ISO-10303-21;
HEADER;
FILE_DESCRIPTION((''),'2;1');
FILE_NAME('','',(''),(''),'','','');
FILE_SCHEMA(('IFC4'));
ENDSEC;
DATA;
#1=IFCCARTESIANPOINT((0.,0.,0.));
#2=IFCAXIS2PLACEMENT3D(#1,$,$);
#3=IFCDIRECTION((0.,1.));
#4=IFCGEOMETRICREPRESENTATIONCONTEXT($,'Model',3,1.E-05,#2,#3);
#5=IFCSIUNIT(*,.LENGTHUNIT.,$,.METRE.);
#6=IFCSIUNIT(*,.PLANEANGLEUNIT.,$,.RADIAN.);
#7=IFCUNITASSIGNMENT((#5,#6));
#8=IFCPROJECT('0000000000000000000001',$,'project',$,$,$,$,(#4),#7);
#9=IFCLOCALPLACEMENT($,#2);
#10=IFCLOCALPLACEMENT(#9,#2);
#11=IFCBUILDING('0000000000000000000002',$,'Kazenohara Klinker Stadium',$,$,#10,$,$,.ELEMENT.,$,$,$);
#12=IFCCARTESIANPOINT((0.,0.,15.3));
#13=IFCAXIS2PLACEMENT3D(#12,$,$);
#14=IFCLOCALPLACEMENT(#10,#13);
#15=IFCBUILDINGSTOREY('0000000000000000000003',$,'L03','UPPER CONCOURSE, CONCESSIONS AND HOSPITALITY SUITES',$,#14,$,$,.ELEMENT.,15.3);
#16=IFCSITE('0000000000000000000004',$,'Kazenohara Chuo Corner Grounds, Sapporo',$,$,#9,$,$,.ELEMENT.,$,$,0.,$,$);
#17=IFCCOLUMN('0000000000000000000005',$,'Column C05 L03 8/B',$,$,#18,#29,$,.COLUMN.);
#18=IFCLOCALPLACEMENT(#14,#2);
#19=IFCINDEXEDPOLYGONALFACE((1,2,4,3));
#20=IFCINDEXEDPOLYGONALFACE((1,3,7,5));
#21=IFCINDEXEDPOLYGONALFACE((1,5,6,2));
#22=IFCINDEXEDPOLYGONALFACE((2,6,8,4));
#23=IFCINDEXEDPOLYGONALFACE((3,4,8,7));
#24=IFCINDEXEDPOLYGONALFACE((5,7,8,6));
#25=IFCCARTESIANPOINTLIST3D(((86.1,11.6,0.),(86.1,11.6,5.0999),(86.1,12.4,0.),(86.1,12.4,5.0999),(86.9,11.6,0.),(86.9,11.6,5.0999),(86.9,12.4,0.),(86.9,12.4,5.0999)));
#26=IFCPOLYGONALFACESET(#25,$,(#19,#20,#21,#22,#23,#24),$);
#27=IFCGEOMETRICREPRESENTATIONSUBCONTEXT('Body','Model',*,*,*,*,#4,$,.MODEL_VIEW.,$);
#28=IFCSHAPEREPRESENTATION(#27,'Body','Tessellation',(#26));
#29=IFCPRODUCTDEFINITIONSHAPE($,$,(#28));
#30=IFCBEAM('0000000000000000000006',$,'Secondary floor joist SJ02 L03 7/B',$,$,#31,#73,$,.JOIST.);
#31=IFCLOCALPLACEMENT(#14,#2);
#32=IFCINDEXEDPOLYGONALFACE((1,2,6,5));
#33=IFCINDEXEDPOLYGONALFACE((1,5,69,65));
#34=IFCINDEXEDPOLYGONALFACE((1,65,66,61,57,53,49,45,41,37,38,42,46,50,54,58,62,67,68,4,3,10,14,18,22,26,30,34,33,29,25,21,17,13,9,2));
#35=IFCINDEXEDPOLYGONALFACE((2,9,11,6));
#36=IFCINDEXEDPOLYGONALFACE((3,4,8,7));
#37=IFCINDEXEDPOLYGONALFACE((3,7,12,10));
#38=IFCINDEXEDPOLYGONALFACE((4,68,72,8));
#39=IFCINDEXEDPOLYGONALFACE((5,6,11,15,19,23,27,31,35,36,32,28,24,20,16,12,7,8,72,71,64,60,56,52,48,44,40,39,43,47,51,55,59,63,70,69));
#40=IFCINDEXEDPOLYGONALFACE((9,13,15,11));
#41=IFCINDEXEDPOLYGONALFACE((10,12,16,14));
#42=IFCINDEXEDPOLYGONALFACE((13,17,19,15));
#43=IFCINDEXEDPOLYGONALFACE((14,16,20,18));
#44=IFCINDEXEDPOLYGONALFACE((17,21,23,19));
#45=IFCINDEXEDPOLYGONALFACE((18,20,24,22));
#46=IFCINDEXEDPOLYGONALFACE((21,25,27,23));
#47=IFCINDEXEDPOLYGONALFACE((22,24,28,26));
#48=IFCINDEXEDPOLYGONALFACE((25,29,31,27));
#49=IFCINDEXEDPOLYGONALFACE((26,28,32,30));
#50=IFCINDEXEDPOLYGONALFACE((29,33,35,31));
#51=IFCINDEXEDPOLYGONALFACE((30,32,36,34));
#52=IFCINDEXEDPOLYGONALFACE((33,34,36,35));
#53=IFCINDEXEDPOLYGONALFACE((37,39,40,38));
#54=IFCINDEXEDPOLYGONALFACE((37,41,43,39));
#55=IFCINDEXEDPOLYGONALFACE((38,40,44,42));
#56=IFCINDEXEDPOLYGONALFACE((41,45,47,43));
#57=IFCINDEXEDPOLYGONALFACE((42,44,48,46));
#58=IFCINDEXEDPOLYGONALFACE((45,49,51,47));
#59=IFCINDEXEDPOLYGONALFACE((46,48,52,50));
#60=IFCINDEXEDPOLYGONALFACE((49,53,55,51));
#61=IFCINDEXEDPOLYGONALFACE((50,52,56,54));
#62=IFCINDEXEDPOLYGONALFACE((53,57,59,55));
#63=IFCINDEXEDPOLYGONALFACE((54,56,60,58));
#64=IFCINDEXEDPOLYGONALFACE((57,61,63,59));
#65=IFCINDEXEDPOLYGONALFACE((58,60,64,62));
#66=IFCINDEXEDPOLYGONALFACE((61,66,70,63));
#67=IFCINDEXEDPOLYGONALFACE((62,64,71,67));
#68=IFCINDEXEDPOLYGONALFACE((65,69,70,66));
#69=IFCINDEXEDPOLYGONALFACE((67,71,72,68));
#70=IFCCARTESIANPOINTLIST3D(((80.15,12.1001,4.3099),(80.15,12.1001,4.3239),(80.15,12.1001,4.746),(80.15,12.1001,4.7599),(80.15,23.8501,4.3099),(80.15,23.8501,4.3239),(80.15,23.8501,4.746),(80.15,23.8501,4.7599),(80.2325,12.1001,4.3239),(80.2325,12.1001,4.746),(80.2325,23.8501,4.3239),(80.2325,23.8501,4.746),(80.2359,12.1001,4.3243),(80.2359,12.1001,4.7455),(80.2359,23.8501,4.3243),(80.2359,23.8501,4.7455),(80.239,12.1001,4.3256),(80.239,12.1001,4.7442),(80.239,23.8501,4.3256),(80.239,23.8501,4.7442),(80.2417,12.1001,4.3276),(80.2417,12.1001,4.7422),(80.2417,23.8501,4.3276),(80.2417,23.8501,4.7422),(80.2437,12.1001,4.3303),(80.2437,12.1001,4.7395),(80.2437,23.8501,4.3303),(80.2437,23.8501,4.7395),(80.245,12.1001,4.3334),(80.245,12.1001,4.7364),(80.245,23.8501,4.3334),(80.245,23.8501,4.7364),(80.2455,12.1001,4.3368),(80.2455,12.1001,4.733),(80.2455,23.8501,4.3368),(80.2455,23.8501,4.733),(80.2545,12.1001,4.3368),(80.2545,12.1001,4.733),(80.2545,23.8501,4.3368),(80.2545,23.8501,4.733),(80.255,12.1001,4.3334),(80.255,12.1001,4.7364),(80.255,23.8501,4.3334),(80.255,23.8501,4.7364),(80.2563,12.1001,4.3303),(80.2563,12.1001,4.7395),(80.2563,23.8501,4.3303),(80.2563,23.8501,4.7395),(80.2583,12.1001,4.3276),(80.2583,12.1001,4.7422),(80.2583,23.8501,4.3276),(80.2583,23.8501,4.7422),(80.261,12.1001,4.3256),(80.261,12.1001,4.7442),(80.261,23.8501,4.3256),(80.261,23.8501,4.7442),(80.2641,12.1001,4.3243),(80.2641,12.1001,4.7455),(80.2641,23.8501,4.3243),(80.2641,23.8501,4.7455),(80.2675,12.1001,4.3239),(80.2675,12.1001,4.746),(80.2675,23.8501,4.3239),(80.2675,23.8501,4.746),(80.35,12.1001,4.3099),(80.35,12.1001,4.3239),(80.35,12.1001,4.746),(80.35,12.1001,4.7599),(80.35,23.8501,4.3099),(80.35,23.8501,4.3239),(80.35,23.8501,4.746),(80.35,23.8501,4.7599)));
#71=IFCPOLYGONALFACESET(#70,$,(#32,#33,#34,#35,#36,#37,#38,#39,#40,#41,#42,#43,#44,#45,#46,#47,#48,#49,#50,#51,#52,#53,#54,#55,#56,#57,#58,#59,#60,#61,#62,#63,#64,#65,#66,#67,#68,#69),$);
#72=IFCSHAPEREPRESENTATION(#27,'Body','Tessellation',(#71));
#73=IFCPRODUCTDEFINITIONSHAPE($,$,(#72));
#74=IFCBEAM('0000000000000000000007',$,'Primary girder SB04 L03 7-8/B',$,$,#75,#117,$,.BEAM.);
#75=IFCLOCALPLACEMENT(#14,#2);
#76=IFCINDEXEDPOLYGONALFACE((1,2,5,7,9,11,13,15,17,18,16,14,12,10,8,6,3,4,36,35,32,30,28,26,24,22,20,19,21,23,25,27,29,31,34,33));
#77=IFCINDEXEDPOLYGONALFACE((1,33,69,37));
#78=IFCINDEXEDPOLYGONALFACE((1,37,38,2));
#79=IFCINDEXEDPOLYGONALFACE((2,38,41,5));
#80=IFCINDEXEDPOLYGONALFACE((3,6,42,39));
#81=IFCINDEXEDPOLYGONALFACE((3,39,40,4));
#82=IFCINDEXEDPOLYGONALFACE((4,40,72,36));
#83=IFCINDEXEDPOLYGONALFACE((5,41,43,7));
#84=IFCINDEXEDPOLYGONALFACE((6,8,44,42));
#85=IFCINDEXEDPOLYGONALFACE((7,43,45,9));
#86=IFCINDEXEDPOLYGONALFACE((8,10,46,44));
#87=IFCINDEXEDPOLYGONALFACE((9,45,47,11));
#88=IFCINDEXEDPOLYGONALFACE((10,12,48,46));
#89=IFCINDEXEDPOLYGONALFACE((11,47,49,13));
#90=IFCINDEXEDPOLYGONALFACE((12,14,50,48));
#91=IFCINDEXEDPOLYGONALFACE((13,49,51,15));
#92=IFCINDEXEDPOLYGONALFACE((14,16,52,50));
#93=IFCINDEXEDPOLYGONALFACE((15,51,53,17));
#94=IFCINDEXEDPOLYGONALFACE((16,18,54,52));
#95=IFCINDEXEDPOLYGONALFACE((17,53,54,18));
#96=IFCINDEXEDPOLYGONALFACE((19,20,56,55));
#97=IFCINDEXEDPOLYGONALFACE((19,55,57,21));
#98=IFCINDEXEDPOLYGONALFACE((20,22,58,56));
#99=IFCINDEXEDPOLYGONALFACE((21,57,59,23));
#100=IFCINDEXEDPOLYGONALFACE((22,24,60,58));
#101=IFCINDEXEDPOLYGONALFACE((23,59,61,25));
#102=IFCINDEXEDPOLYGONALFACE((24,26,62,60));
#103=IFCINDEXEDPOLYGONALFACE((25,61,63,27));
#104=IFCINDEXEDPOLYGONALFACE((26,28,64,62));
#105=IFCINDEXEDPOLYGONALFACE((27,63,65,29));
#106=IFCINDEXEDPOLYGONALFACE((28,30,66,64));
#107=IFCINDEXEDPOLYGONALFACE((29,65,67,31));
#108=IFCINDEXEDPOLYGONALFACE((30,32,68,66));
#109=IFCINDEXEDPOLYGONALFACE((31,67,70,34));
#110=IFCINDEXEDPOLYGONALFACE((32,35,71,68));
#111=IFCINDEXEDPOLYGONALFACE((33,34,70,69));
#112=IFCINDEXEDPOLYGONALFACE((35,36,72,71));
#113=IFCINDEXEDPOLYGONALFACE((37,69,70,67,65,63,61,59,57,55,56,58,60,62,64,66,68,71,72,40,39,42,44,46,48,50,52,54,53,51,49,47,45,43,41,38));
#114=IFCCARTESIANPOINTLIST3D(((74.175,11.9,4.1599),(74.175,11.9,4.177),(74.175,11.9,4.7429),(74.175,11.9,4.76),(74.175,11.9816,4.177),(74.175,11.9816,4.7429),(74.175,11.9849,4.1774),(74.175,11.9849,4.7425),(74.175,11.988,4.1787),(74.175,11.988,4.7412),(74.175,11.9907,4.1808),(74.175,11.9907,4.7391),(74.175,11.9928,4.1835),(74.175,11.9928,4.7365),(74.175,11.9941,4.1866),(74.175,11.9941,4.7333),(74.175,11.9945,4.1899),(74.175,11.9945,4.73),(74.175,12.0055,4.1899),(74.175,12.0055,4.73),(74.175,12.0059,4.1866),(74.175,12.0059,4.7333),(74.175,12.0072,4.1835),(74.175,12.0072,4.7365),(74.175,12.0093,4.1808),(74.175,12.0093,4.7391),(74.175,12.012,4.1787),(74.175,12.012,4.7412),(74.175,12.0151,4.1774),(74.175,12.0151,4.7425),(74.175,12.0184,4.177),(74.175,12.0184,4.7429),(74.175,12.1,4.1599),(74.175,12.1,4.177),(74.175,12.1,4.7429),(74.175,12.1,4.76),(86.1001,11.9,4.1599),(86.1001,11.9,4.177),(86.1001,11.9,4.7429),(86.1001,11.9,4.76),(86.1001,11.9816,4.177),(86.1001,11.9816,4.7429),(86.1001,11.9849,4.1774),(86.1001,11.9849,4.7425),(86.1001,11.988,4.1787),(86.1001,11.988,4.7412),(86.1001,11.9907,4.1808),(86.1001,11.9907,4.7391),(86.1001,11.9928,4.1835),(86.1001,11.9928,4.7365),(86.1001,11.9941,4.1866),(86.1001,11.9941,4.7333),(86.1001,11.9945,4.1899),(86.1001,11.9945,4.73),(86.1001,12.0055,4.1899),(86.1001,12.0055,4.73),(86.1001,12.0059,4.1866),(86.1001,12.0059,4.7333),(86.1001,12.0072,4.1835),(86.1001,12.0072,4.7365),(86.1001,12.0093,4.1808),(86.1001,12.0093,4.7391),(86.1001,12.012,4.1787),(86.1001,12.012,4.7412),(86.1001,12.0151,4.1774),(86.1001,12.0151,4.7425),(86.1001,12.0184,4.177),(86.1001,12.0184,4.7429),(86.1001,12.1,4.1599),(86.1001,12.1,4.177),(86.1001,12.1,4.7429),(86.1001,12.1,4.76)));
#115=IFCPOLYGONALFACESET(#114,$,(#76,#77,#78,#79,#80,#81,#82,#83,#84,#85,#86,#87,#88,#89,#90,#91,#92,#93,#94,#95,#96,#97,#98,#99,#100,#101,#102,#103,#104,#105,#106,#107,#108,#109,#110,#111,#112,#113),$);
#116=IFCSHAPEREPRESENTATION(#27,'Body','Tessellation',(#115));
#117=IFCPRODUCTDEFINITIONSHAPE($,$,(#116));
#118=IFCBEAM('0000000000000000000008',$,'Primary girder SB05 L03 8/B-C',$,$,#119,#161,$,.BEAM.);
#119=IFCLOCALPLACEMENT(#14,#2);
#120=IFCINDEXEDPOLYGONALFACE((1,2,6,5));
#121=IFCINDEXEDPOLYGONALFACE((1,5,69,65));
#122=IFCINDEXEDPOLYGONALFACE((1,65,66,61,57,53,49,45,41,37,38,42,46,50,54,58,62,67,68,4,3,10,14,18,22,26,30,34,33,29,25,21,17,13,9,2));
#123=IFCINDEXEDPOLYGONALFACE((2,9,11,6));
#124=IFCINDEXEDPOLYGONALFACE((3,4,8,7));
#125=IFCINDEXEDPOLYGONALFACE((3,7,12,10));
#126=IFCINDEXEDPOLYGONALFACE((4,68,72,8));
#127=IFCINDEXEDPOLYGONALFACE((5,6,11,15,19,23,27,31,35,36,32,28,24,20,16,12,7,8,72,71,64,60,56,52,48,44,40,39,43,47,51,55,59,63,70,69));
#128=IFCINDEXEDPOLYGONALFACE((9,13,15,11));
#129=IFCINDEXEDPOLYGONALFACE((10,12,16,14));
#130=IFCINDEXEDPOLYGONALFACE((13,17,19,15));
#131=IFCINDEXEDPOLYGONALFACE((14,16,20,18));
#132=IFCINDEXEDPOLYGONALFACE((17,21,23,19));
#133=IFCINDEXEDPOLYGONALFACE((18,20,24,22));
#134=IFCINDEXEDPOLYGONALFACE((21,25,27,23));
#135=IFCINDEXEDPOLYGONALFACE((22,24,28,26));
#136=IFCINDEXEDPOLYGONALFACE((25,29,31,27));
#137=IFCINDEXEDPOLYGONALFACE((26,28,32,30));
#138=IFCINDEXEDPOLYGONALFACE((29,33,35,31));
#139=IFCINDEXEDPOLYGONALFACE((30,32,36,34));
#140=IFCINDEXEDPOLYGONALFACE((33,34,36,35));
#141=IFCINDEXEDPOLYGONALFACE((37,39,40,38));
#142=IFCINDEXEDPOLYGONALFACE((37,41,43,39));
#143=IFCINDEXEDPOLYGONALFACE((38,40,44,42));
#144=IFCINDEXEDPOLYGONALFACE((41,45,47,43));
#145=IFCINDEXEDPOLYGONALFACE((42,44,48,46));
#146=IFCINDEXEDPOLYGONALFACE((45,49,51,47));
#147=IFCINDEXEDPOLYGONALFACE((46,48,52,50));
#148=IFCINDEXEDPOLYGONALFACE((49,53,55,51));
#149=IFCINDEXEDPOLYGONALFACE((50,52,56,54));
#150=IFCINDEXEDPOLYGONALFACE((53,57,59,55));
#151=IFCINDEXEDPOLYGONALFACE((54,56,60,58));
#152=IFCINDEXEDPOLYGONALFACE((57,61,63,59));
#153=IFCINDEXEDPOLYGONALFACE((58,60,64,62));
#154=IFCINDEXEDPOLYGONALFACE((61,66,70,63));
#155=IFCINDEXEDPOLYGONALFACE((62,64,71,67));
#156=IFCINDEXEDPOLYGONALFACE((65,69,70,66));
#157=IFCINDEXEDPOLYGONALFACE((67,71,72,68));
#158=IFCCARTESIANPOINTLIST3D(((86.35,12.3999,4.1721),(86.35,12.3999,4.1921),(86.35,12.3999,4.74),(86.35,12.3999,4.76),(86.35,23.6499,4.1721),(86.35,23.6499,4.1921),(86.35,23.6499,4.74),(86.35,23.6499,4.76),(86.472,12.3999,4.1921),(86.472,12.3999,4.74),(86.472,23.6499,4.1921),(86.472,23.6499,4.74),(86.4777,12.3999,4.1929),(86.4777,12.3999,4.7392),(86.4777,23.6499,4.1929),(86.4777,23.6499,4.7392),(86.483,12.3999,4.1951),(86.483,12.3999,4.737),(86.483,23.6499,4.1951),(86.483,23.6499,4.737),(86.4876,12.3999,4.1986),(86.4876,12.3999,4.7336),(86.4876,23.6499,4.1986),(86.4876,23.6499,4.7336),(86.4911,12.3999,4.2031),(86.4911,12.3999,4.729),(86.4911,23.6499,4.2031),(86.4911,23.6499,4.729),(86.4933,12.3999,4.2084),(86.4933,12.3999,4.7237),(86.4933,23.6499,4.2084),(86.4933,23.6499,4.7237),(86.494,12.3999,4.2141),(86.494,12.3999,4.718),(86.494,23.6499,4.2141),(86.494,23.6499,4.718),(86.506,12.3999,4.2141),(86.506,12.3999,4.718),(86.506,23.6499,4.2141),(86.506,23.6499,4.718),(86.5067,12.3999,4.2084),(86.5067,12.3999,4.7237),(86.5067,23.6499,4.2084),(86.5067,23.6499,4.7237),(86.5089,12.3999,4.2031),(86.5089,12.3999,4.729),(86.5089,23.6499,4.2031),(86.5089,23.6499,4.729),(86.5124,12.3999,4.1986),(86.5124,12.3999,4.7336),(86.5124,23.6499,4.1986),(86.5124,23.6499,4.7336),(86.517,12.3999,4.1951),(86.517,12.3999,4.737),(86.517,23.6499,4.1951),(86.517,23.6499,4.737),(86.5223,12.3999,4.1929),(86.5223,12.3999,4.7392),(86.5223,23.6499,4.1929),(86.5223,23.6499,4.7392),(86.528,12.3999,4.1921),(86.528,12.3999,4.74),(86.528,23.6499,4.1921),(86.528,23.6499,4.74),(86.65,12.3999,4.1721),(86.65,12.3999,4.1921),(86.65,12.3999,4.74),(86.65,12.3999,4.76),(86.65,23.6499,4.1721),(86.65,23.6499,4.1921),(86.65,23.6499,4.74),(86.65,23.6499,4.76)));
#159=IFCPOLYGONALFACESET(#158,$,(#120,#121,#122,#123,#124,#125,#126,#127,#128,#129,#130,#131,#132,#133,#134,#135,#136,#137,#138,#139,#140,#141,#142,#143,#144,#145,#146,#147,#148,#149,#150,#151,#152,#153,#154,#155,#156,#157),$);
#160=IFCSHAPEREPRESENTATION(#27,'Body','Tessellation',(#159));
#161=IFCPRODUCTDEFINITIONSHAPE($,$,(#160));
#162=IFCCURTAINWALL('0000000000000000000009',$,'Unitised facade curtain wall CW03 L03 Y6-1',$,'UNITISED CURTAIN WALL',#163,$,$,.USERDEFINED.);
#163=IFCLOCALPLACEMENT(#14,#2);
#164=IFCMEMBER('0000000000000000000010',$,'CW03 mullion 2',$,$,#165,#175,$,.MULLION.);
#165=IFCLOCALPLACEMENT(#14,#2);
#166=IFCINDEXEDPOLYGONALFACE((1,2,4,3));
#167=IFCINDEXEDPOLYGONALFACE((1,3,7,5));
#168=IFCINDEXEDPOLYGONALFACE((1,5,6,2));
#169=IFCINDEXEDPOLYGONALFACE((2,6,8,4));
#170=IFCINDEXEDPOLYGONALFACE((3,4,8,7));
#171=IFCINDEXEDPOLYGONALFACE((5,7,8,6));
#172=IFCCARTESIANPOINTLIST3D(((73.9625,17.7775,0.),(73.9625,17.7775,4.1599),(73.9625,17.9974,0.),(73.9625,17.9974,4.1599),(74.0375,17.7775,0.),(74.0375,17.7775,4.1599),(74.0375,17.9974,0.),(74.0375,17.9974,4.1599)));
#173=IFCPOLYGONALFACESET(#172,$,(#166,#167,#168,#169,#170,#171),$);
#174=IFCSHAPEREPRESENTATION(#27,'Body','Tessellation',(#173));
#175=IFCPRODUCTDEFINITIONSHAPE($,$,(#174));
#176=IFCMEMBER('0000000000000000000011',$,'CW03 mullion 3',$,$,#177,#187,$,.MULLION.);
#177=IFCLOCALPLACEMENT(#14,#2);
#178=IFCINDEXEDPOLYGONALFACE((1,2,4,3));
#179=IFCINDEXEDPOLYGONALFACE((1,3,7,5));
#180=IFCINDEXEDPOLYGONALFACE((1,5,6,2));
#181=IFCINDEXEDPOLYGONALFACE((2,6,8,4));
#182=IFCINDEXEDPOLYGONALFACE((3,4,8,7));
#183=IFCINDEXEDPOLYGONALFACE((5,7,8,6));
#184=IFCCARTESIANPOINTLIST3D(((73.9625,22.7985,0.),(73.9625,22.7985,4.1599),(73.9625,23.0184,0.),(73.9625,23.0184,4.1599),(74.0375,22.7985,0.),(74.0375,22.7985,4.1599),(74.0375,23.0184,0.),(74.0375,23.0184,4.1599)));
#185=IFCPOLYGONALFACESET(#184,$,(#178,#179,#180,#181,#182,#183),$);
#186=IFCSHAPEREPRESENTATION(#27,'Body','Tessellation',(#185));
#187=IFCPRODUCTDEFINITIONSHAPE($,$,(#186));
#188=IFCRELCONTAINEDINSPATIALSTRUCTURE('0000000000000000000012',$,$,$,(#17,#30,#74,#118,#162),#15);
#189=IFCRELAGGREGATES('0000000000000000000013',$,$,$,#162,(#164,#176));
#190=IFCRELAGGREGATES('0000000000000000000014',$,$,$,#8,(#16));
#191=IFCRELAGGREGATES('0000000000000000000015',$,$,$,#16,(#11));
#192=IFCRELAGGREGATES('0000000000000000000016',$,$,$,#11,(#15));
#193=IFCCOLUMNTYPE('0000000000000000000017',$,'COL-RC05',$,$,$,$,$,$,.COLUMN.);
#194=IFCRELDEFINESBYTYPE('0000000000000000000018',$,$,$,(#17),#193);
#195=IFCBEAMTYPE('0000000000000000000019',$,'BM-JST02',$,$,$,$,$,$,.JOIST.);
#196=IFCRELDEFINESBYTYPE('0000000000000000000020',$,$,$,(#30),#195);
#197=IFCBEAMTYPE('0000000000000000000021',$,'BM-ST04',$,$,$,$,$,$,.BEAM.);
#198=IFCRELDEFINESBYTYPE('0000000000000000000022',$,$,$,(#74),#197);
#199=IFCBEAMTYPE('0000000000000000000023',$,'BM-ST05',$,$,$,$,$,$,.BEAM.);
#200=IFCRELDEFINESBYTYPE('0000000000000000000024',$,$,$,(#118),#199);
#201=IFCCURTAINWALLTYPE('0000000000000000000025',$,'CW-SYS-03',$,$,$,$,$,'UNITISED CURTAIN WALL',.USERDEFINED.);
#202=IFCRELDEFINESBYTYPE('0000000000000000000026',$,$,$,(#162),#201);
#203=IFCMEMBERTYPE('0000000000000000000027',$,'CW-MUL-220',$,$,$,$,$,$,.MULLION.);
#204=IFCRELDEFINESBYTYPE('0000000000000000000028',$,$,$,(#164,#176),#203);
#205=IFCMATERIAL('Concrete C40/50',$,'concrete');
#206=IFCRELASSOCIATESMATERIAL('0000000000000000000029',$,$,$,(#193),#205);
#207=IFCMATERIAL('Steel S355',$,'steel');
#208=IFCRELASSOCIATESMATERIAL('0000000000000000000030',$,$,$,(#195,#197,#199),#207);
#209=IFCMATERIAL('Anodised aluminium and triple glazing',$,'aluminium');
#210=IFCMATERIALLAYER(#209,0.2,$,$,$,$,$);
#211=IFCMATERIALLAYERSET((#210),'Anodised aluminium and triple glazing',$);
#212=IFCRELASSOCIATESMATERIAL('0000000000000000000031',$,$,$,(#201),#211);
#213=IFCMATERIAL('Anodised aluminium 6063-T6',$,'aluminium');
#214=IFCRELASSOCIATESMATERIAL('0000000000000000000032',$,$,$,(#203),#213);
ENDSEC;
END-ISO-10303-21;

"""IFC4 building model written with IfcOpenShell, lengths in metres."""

from ifc_helpers import new_model, si_unit, direction, frame, origin, origin_2d, place, context, subcontext, project, spatial, rectangle, i_section, extrude, material, layer, layer_set, material_profile, profile_set, type_object, element, aggregate, save


model = new_model("IFC4")

# Units and contexts
model_context = context("Model", 3, precision=1e-05, world=origin(), true_north=direction((0.0, 1.0)))
body_context = subcontext(model_context, "Body", "Model", "MODEL_VIEW")
ifc_project = project(units=[si_unit("LENGTHUNIT", "METRE"), si_unit("PLANEANGLEUNIT", "RADIAN")], contexts=[model_context])

# Site, building, storey
site_placement = place(None, origin())
site = spatial("IfcSite", under=ifc_project, at=site_placement, Name="Kazenohara Chuo Corner Grounds, Sapporo", CompositionType="ELEMENT", RefElevation=0.0)
building_placement = place(site_placement, origin())
building = spatial("IfcBuilding", under=site, at=building_placement, Name="Kazenohara Klinker Stadium", CompositionType="ELEMENT")
storey_placement = place(building_placement, frame((0.0, 0.0, 15.3)))
storey = spatial("IfcBuildingStorey", under=building, at=storey_placement, Name="L03", Description="UPPER CONCOURSE, CONCESSIONS AND HOSPITALITY SUITES", CompositionType="ELEMENT", Elevation=15.3)

# Column
ifc_material_1 = material(Name="Concrete C40/50", Category="concrete")
ifc_material_profile_1 = material_profile(ifc_material_1, rectangle(XDim=0.8, YDim=0.8, at=origin_2d()), Name="RC-COL-800x800")
ifc_profile_set_1 = profile_set([ifc_material_profile_1], Name="Concrete C40/50")
column_type = type_object("IfcColumnType", Name="COL-RC05", PredefinedType="COLUMN", material=ifc_profile_set_1)
column_placement = place(storey_placement, frame((86.5, 12.0, 0.0), z_axis=(0.0, 0.0, 1.0), x_axis=(1.0, 0.0, 0.0)))
element("IfcColumn", 1, at=column_placement, inside=storey, type_object=column_type, Name="Column C05 L03 8/B", PredefinedType="COLUMN", context=body_context, shape_type="SweptSolid", body=[
    extrude(rectangle(XDim=0.8, YDim=0.8, at=origin_2d()), origin(), (0.0, 0.0, 1.0), 5.0999),
])

# Beams
ifc_material_2 = material(Name="Steel S355", Category="steel")
ifc_material_profile_2 = material_profile(ifc_material_2, i_section(OverallWidth=0.2, OverallDepth=0.45, WebThickness=0.009, FlangeThickness=0.0139, FilletRadius=0.0129, at=origin_2d()), Name="H-450x200x9x14")
ifc_profile_set_2 = profile_set([ifc_material_profile_2], Name="Steel S355")
beam_type_1 = type_object("IfcBeamType", Name="BM-JST02", PredefinedType="JOIST", material=ifc_profile_set_2)
beam_1_placement = place(storey_placement, frame((80.25, 12.1001, 4.5349), z_axis=(0.0, 1.0, 0.0), x_axis=(-1.0, 0.0, 0.0)))
element("IfcBeam", 2, at=beam_1_placement, inside=storey, type_object=beam_type_1, Name="Secondary floor joist SJ02 L03 7/B", PredefinedType="JOIST", context=body_context, shape_type="SweptSolid", body=[
    extrude(i_section(OverallWidth=0.2, OverallDepth=0.45, WebThickness=0.009, FlangeThickness=0.0139, FilletRadius=0.0129, at=origin_2d()), origin(), (0.0, 0.0, 1.0), 11.75),
])
ifc_material_profile_3 = material_profile(ifc_material_2, i_section(OverallWidth=0.2, OverallDepth=0.6001, WebThickness=0.011, FlangeThickness=0.0171, FilletRadius=0.0129, at=origin_2d()), Name="H-600x200x11x17")
ifc_profile_set_3 = profile_set([ifc_material_profile_3], Name="Steel S355")
beam_type_2 = type_object("IfcBeamType", Name="BM-ST04", PredefinedType="BEAM", material=ifc_profile_set_3)
beam_2_placement = place(storey_placement, frame((74.175, 12.0, 4.46), z_axis=(1.0, 0.0, 0.0), x_axis=(0.0, 1.0, 0.0)))
element("IfcBeam", 3, at=beam_2_placement, inside=storey, type_object=beam_type_2, Name="Primary girder SB04 L03 7-8/B", PredefinedType="BEAM", context=body_context, shape_type="SweptSolid", body=[
    extrude(i_section(OverallWidth=0.2, OverallDepth=0.6001, WebThickness=0.011, FlangeThickness=0.0171, FilletRadius=0.0129, at=origin_2d()), origin(), (0.0, 0.0, 1.0), 11.925),
])
ifc_material_profile_4 = material_profile(ifc_material_2, i_section(OverallWidth=0.3, OverallDepth=0.5879, WebThickness=0.012, FlangeThickness=0.02, FilletRadius=0.022, at=origin_2d()), Name="H-588x300x12x20")
ifc_profile_set_4 = profile_set([ifc_material_profile_4], Name="Steel S355")
beam_type_3 = type_object("IfcBeamType", Name="BM-ST05", PredefinedType="BEAM", material=ifc_profile_set_4)
beam_3_placement = place(storey_placement, frame((86.5, 12.3999, 4.4661), z_axis=(0.0, 1.0, 0.0), x_axis=(-1.0, 0.0, 0.0)))
element("IfcBeam", 4, at=beam_3_placement, inside=storey, type_object=beam_type_3, Name="Primary girder SB05 L03 8/B-C", PredefinedType="BEAM", context=body_context, shape_type="SweptSolid", body=[
    extrude(i_section(OverallWidth=0.3, OverallDepth=0.5879, WebThickness=0.012, FlangeThickness=0.02, FilletRadius=0.022, at=origin_2d()), origin(), (0.0, 0.0, 1.0), 11.25),
])

# Curtain wall, members
ifc_material_3 = material(Name="Anodised aluminium and triple glazing", Category="aluminium")
ifc_layer_1 = layer(ifc_material_3, 0.2)
ifc_layer_set_1 = layer_set([ifc_layer_1], Name="Anodised aluminium and triple glazing")
curtain_wall_type = type_object("IfcCurtainWallType", Name="CW-SYS-03", ElementType="UNITISED CURTAIN WALL", PredefinedType="USERDEFINED", material=ifc_layer_set_1)
curtain_wall_placement = place(storey_placement, origin())
curtain_wall = element("IfcCurtainWall", 5, at=curtain_wall_placement, inside=storey, type_object=curtain_wall_type, Name="Unitised facade curtain wall CW03 L03 Y6-1", ObjectType="UNITISED CURTAIN WALL", PredefinedType="USERDEFINED")
ifc_material_4 = material(Name="Anodised aluminium 6063-T6", Category="aluminium")
ifc_material_profile_5 = material_profile(ifc_material_4, rectangle(XDim=0.075, YDim=0.22, at=origin_2d()), Name="ALU-MUL-75x220")
ifc_profile_set_5 = profile_set([ifc_material_profile_5], Name="Anodised aluminium 6063-T6")
member_type_1 = type_object("IfcMemberType", Name="CW-MUL-220", PredefinedType="MULLION", material=ifc_profile_set_5)
member_1_placement = place(storey_placement, frame((74.0, 17.8875, 0.0), z_axis=(0.0, 0.0, 1.0), x_axis=(-1.0, 0.0, 0.0)))
member_1 = element("IfcMember", 6, at=member_1_placement, type_object=member_type_1, Name="CW03 mullion 2", PredefinedType="MULLION", context=body_context, shape_type="SweptSolid", body=[
    extrude(rectangle(XDim=0.075, YDim=0.22, at=origin_2d()), origin(), (0.0, 0.0, 1.0), 4.1599),
])
member_2_placement = place(storey_placement, frame((74.0, 22.9084, 0.0), z_axis=(0.0, 0.0, 1.0), x_axis=(-1.0, 0.0, 0.0)))
member_2 = element("IfcMember", 7, at=member_2_placement, type_object=member_type_1, Name="CW03 mullion 3", PredefinedType="MULLION", context=body_context, shape_type="SweptSolid", body=[
    extrude(rectangle(XDim=0.075, YDim=0.22, at=origin_2d()), origin(), (0.0, 0.0, 1.0), 4.1599),
])
aggregate(curtain_wall, [member_1, member_2])

save(model, "model.ifc")
